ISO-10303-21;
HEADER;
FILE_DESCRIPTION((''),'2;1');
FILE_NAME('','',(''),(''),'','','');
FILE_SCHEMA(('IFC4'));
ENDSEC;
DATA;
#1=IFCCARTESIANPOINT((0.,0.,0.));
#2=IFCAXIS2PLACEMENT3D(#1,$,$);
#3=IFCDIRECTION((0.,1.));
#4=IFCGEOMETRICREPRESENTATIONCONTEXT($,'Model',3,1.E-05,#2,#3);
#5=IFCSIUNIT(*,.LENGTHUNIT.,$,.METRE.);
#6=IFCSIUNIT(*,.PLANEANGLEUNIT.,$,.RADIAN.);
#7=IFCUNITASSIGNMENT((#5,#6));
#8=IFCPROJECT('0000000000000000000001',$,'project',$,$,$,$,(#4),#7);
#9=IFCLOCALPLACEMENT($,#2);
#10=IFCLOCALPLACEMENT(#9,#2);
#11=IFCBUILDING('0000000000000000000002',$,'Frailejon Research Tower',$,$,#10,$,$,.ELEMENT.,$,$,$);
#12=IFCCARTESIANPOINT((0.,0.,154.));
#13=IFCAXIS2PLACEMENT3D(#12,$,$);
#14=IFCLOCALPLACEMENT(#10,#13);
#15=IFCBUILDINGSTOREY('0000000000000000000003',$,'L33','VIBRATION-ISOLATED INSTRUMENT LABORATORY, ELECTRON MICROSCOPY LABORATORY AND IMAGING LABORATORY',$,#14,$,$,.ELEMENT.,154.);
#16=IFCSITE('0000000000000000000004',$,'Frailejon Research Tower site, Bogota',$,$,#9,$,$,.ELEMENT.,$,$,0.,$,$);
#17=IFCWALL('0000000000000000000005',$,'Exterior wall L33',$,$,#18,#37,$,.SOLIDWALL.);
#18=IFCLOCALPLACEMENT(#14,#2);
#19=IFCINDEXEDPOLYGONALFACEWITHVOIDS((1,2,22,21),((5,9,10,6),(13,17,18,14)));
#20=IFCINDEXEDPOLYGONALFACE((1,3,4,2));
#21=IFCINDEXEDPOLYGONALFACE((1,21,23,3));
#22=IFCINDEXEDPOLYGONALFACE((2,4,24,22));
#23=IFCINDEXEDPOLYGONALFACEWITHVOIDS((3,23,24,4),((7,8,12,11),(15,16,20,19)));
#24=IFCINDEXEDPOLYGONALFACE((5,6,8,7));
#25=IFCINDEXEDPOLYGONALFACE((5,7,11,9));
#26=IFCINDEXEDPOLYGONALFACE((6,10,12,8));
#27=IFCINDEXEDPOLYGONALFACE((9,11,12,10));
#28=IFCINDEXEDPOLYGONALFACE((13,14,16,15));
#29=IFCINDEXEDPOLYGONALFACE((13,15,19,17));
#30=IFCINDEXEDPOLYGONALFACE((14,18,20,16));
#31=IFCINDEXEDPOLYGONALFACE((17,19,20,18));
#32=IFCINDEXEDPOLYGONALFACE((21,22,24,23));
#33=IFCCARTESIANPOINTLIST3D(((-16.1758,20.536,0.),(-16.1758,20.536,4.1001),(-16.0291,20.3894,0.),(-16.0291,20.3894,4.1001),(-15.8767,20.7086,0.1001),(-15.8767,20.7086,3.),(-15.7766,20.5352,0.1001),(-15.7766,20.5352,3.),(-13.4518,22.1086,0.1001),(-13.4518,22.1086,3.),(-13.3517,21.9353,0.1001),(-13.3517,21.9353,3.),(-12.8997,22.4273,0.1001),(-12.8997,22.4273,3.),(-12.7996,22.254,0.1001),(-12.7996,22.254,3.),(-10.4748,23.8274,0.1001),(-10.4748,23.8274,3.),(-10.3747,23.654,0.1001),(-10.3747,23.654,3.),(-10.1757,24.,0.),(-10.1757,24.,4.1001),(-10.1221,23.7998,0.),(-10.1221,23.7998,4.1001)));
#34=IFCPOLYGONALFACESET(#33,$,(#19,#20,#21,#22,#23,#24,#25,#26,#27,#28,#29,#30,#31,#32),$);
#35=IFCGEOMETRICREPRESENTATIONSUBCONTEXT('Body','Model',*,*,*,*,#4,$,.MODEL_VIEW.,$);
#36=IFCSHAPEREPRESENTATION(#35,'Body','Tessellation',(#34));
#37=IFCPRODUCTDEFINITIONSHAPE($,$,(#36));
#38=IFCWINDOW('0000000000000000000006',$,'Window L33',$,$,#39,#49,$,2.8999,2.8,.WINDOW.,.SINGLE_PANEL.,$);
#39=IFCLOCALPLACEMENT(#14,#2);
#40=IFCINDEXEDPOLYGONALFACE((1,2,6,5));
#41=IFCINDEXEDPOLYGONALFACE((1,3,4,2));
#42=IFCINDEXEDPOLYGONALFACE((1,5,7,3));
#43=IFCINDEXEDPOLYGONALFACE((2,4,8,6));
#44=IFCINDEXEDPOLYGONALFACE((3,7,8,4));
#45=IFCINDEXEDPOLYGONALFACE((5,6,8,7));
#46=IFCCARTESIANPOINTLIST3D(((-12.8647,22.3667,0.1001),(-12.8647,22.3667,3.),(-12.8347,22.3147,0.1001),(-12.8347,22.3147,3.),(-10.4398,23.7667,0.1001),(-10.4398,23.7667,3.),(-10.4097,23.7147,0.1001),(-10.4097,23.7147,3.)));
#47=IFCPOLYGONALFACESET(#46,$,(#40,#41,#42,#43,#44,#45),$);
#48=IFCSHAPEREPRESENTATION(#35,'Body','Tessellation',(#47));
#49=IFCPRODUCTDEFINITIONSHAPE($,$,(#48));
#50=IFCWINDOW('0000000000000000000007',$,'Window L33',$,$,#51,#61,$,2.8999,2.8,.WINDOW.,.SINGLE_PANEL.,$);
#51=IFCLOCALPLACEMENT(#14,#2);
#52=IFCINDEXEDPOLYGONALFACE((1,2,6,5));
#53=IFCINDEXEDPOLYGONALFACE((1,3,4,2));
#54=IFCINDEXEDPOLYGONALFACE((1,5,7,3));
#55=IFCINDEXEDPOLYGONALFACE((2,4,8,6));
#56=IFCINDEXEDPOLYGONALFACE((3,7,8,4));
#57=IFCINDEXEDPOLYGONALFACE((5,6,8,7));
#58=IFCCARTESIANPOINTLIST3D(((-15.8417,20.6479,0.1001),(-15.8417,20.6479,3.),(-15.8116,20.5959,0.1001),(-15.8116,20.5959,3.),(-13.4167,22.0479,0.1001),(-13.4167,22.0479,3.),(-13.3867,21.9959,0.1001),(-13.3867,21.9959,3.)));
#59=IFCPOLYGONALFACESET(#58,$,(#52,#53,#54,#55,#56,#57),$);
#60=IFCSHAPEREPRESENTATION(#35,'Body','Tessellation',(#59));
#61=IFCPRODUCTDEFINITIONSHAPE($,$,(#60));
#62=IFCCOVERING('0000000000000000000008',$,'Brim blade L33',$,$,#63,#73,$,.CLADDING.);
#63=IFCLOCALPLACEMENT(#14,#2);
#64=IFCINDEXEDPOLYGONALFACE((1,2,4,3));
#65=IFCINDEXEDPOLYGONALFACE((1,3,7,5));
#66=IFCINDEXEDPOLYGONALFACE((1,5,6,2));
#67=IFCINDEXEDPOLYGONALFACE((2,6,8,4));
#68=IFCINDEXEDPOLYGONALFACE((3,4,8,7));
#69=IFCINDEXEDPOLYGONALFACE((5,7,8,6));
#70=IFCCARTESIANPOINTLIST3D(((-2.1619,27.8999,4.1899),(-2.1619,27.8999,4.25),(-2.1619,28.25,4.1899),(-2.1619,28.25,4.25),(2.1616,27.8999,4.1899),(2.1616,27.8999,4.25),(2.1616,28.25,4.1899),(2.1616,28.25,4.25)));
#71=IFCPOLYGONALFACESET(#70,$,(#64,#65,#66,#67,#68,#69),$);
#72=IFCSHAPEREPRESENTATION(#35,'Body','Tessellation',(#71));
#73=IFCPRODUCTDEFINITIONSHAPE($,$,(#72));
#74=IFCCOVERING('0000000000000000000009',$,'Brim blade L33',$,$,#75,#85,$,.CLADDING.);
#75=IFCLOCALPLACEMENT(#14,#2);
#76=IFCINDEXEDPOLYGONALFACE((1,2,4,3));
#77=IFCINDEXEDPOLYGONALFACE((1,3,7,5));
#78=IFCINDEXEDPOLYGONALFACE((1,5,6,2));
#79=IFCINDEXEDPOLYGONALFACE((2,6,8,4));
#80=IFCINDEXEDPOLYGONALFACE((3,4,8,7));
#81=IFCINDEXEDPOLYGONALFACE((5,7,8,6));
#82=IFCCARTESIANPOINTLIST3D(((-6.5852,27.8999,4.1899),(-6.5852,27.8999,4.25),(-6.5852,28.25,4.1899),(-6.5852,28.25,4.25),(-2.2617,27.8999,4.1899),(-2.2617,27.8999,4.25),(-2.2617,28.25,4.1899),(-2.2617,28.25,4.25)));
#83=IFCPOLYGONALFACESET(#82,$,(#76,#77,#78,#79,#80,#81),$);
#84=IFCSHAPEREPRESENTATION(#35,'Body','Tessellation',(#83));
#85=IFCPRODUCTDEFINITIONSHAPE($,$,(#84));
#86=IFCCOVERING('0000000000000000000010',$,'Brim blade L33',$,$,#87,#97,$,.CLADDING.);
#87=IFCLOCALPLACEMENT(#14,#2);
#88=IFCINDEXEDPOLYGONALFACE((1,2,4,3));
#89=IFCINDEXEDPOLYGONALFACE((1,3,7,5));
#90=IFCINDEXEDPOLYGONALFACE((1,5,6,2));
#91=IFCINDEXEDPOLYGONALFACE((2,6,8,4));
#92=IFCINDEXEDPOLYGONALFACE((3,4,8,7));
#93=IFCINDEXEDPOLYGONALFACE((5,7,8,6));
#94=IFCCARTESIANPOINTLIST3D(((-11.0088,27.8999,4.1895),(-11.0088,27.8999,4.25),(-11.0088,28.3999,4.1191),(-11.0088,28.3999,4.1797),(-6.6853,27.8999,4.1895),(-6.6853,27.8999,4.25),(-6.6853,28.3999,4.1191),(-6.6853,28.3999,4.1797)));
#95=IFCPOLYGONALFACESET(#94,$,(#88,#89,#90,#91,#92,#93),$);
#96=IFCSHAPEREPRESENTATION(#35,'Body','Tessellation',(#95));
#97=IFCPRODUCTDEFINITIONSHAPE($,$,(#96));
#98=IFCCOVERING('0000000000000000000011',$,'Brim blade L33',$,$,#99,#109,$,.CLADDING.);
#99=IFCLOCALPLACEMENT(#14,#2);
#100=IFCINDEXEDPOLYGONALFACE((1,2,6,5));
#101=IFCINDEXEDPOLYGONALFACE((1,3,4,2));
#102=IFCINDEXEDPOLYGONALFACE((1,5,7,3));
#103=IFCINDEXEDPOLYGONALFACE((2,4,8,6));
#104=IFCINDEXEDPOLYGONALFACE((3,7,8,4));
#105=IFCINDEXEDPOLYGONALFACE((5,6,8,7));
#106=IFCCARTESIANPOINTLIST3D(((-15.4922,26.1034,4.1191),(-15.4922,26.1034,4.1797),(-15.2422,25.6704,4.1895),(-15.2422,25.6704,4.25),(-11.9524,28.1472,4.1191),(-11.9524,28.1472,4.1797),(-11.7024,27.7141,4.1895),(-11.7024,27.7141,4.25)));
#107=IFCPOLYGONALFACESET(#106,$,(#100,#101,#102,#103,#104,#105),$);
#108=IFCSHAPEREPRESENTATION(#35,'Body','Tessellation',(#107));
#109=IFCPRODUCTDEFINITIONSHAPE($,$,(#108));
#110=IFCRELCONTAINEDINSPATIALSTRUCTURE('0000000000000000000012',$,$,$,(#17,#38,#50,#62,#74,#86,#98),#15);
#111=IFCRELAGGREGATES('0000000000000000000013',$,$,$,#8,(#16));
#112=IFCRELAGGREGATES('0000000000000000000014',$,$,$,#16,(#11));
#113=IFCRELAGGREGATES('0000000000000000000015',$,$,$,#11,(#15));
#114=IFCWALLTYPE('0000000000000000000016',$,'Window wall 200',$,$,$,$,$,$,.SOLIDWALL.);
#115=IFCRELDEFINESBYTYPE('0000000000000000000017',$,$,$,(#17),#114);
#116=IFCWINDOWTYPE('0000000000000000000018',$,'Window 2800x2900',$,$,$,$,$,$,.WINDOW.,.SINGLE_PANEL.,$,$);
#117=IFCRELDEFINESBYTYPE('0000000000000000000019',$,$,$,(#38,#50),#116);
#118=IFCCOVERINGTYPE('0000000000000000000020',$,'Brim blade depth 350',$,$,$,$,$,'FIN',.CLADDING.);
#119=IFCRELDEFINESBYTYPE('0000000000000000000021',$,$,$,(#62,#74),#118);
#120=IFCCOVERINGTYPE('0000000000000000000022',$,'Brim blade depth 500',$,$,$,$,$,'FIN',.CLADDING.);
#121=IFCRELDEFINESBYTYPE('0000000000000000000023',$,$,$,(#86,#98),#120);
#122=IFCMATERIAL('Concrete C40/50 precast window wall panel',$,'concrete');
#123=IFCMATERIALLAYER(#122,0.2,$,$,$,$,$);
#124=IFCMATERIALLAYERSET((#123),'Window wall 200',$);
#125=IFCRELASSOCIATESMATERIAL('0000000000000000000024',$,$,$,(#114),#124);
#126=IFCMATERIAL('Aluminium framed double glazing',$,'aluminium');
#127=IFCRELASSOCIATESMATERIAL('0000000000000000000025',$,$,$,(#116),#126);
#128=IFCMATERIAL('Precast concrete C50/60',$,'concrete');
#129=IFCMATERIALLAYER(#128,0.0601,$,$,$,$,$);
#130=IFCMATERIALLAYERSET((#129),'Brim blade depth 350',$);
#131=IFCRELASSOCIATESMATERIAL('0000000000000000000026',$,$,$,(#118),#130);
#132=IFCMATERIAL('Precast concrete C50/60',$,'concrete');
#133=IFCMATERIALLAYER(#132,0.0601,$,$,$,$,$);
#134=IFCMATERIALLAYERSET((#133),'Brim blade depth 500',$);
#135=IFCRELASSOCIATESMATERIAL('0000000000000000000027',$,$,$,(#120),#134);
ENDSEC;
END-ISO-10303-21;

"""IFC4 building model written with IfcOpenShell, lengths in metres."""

from ifc_helpers import new_model, si_unit, direction, frame, frame_2d, origin, place, context, subcontext, project, spatial, polyline, rectangle, outline, extrude, material, layer, layer_set, type_object, element, fill, save


model = new_model("IFC4")

# Units and contexts
model_context = context("Model", 3, precision=1e-05, world=origin(), true_north=direction((0.0, 1.0)))
body_context = subcontext(model_context, "Body", "Model", "MODEL_VIEW")
ifc_project = project(units=[si_unit("LENGTHUNIT", "METRE"), si_unit("PLANEANGLEUNIT", "RADIAN")], contexts=[model_context])

# Site, building, storey
site_placement = place(None, origin())
site = spatial("IfcSite", under=ifc_project, at=site_placement, Name="Frailejon Research Tower site, Bogota", CompositionType="ELEMENT", RefElevation=0.0)
building_placement = place(site_placement, origin())
building = spatial("IfcBuilding", under=site, at=building_placement, Name="Frailejon Research Tower", CompositionType="ELEMENT")
storey_placement = place(building_placement, frame((0.0, 0.0, 154.0)))
storey = spatial("IfcBuildingStorey", under=building, at=storey_placement, Name="L33", Description="VIBRATION-ISOLATED INSTRUMENT LABORATORY, ELECTRON MICROSCOPY LABORATORY AND IMAGING LABORATORY", CompositionType="ELEMENT", Elevation=154.0)

# Wall, openings, windows
ifc_material_1 = material(Name="Concrete C40/50 precast window wall panel", Category="concrete")
ifc_layer_1 = layer(ifc_material_1, 0.2)
ifc_layer_set_1 = layer_set([ifc_layer_1], Name="Window wall 200")
wall_type = type_object("IfcWallType", Name="Window wall 200", PredefinedType="SOLIDWALL", material=ifc_layer_set_1)
wall_placement = place(storey_placement, frame((-10.1489, 23.8999, 0.0), z_axis=(0.0, 0.0, 1.0), x_axis=(-0.866029, -0.499993, 0.0)))
wall = element("IfcWall", 1, at=wall_placement, inside=storey, type_object=wall_type, Name="Exterior wall L33", PredefinedType="SOLIDWALL", context=body_context, shape_type="SweptSolid", body=[
    extrude(outline(polyline([(-0.0269, -0.1001), (1.1279, -0.1001), (2.2825, -0.1001), (3.4373, -0.1001), (4.592, -0.1001), (5.7466, -0.1001), (6.9014, -0.1001), (6.8477, 0.1001), (5.7109, 0.1001), (4.574, 0.1001), (3.4373, 0.1001), (2.3005, 0.1001), (1.1636, 0.1001), (0.0269, 0.1001), (-0.0269, -0.1001)])), origin(), (0.0, 0.0, 1.0), 4.1001),
])
opening_1_placement = place(wall_placement, frame((0.3186, 0.0, 0.1001)))
opening_1 = element("IfcOpeningElement", 2, at=opening_1_placement, cuts=wall, PredefinedType="OPENING", context=body_context, shape_type="SweptSolid", body=[
    extrude(rectangle(XDim=2.8, YDim=2.8999, at=frame_2d((1.3999, 1.45))), frame((0.0, 0.1099, 0.0), z_axis=(0.0, -1.0, 0.0), x_axis=(1.0, 0.0, 0.0)), (0.0, 0.0, 1.0), 0.22),
])
opening_2_placement = place(wall_placement, frame((3.7561, 0.0, 0.1001)))
opening_2 = element("IfcOpeningElement", 3, at=opening_2_placement, cuts=wall, PredefinedType="OPENING", context=body_context, shape_type="SweptSolid", body=[
    extrude(rectangle(XDim=2.8, YDim=2.8999, at=frame_2d((1.3999, 1.45))), frame((0.0, 0.1099, 0.0), z_axis=(0.0, -1.0, 0.0), x_axis=(1.0, 0.0, 0.0)), (0.0, 0.0, 1.0), 0.22),
])
ifc_material_2 = material(Name="Aluminium framed double glazing", Category="aluminium")
window_type = type_object("IfcWindowType", Name="Window 2800x2900", PartitioningType="SINGLE_PANEL", PredefinedType="WINDOW", material=ifc_material_2)
window_1_placement = place(opening_1_placement, origin())
window_1 = element("IfcWindow", 4, at=window_1_placement, inside=storey, type_object=window_type, Name="Window L33", OverallHeight=2.8999, OverallWidth=2.8, PartitioningType="SINGLE_PANEL", PredefinedType="WINDOW", context=body_context, shape_type="SweptSolid", body=[
    extrude(rectangle(XDim=2.8, YDim=2.8999, at=frame_2d((1.3999, 1.45))), frame((0.0, 0.03, 0.0), z_axis=(0.0, -1.0, 0.0), x_axis=(1.0, 0.0, 0.0)), (0.0, 0.0, 1.0), 0.0601),
])
fill(opening_1, window_1)
window_2_placement = place(opening_2_placement, origin())
window_2 = element("IfcWindow", 5, at=window_2_placement, inside=storey, type_object=window_type, Name="Window L33", OverallHeight=2.8999, OverallWidth=2.8, PartitioningType="SINGLE_PANEL", PredefinedType="WINDOW", context=body_context, shape_type="SweptSolid", body=[
    extrude(rectangle(XDim=2.8, YDim=2.8999, at=frame_2d((1.3999, 1.45))), frame((0.0, 0.03, 0.0), z_axis=(0.0, -1.0, 0.0), x_axis=(1.0, 0.0, 0.0)), (0.0, 0.0, 1.0), 0.0601),
])
fill(opening_2, window_2)

# Coverings
ifc_material_3 = material(Name="Precast concrete C50/60", Category="concrete")
ifc_layer_2 = layer(ifc_material_3, 0.0601)
ifc_layer_set_2 = layer_set([ifc_layer_2], Name="Brim blade depth 350")
covering_type_1 = type_object("IfcCoveringType", Name="Brim blade depth 350", ElementType="FIN", PredefinedType="CLADDING", material=ifc_layer_set_2)
for number, where, z_axis, x_axis, name in (
    (6, (-2.1619, 27.8999, 4.25), (1.0, 0.0, 0.0), (0.0, 1.0, 0.0), "Brim blade L33"),
    (7, (-6.5852, 27.8999, 4.25), (1.0, 0.0, 0.0), (0.0, 1.0, 0.0), "Brim blade L33"),
):
    element("IfcCovering", number, at=place(storey_placement, frame(where, z_axis=z_axis, x_axis=x_axis)), inside=storey, type_object=covering_type_1, Name=name, PredefinedType="CLADDING", context=body_context, shape_type="SweptSolid", body=[
        extrude(outline(polyline([(0.0, -0.0601), (0.3501, -0.0601), (0.3501, 0.0), (0.0, 0.0), (0.0, -0.0601)])), origin(), (0.0, 0.0, 1.0), 4.3235),
    ])
ifc_material_4 = material(Name="Precast concrete C50/60", Category="concrete")
ifc_layer_3 = layer(ifc_material_4, 0.0601)
ifc_layer_set_3 = layer_set([ifc_layer_3], Name="Brim blade depth 500")
covering_type_2 = type_object("IfcCoveringType", Name="Brim blade depth 500", ElementType="FIN", PredefinedType="CLADDING", material=ifc_layer_set_3)
covering_1_placement = place(storey_placement, frame((-11.0088, 27.8999, 4.25), z_axis=(1.0, 0.0, 0.0), x_axis=(0.0, 1.0, 0.0)))
element("IfcCovering", 8, at=covering_1_placement, inside=storey, type_object=covering_type_2, Name="Brim blade L33", PredefinedType="CLADDING", context=body_context, shape_type="SweptSolid", body=[
    extrude(outline(polyline([(0.0, -0.0605), (0.5, -0.1309), (0.5, -0.0703), (0.0, 0.0), (0.0, -0.0605)])), origin(), (0.0, 0.0, 1.0), 4.3235),
])
covering_2_placement = place(storey_placement, frame((-15.2422, 25.6704, 4.25), z_axis=(0.866021, 0.500007, 0.0), x_axis=(-0.500007, 0.866021, 0.0)))
element("IfcCovering", 9, at=covering_2_placement, inside=storey, type_object=covering_type_2, Name="Brim blade L33", PredefinedType="CLADDING", context=body_context, shape_type="SweptSolid", body=[
    extrude(outline(polyline([(0.0, -0.0605), (0.5, -0.1309), (0.5, -0.0703), (0.0, 0.0), (0.0, -0.0605)])), origin(), (0.0, 0.0, 1.0), 4.0874),
])

save(model, "model.ifc")
